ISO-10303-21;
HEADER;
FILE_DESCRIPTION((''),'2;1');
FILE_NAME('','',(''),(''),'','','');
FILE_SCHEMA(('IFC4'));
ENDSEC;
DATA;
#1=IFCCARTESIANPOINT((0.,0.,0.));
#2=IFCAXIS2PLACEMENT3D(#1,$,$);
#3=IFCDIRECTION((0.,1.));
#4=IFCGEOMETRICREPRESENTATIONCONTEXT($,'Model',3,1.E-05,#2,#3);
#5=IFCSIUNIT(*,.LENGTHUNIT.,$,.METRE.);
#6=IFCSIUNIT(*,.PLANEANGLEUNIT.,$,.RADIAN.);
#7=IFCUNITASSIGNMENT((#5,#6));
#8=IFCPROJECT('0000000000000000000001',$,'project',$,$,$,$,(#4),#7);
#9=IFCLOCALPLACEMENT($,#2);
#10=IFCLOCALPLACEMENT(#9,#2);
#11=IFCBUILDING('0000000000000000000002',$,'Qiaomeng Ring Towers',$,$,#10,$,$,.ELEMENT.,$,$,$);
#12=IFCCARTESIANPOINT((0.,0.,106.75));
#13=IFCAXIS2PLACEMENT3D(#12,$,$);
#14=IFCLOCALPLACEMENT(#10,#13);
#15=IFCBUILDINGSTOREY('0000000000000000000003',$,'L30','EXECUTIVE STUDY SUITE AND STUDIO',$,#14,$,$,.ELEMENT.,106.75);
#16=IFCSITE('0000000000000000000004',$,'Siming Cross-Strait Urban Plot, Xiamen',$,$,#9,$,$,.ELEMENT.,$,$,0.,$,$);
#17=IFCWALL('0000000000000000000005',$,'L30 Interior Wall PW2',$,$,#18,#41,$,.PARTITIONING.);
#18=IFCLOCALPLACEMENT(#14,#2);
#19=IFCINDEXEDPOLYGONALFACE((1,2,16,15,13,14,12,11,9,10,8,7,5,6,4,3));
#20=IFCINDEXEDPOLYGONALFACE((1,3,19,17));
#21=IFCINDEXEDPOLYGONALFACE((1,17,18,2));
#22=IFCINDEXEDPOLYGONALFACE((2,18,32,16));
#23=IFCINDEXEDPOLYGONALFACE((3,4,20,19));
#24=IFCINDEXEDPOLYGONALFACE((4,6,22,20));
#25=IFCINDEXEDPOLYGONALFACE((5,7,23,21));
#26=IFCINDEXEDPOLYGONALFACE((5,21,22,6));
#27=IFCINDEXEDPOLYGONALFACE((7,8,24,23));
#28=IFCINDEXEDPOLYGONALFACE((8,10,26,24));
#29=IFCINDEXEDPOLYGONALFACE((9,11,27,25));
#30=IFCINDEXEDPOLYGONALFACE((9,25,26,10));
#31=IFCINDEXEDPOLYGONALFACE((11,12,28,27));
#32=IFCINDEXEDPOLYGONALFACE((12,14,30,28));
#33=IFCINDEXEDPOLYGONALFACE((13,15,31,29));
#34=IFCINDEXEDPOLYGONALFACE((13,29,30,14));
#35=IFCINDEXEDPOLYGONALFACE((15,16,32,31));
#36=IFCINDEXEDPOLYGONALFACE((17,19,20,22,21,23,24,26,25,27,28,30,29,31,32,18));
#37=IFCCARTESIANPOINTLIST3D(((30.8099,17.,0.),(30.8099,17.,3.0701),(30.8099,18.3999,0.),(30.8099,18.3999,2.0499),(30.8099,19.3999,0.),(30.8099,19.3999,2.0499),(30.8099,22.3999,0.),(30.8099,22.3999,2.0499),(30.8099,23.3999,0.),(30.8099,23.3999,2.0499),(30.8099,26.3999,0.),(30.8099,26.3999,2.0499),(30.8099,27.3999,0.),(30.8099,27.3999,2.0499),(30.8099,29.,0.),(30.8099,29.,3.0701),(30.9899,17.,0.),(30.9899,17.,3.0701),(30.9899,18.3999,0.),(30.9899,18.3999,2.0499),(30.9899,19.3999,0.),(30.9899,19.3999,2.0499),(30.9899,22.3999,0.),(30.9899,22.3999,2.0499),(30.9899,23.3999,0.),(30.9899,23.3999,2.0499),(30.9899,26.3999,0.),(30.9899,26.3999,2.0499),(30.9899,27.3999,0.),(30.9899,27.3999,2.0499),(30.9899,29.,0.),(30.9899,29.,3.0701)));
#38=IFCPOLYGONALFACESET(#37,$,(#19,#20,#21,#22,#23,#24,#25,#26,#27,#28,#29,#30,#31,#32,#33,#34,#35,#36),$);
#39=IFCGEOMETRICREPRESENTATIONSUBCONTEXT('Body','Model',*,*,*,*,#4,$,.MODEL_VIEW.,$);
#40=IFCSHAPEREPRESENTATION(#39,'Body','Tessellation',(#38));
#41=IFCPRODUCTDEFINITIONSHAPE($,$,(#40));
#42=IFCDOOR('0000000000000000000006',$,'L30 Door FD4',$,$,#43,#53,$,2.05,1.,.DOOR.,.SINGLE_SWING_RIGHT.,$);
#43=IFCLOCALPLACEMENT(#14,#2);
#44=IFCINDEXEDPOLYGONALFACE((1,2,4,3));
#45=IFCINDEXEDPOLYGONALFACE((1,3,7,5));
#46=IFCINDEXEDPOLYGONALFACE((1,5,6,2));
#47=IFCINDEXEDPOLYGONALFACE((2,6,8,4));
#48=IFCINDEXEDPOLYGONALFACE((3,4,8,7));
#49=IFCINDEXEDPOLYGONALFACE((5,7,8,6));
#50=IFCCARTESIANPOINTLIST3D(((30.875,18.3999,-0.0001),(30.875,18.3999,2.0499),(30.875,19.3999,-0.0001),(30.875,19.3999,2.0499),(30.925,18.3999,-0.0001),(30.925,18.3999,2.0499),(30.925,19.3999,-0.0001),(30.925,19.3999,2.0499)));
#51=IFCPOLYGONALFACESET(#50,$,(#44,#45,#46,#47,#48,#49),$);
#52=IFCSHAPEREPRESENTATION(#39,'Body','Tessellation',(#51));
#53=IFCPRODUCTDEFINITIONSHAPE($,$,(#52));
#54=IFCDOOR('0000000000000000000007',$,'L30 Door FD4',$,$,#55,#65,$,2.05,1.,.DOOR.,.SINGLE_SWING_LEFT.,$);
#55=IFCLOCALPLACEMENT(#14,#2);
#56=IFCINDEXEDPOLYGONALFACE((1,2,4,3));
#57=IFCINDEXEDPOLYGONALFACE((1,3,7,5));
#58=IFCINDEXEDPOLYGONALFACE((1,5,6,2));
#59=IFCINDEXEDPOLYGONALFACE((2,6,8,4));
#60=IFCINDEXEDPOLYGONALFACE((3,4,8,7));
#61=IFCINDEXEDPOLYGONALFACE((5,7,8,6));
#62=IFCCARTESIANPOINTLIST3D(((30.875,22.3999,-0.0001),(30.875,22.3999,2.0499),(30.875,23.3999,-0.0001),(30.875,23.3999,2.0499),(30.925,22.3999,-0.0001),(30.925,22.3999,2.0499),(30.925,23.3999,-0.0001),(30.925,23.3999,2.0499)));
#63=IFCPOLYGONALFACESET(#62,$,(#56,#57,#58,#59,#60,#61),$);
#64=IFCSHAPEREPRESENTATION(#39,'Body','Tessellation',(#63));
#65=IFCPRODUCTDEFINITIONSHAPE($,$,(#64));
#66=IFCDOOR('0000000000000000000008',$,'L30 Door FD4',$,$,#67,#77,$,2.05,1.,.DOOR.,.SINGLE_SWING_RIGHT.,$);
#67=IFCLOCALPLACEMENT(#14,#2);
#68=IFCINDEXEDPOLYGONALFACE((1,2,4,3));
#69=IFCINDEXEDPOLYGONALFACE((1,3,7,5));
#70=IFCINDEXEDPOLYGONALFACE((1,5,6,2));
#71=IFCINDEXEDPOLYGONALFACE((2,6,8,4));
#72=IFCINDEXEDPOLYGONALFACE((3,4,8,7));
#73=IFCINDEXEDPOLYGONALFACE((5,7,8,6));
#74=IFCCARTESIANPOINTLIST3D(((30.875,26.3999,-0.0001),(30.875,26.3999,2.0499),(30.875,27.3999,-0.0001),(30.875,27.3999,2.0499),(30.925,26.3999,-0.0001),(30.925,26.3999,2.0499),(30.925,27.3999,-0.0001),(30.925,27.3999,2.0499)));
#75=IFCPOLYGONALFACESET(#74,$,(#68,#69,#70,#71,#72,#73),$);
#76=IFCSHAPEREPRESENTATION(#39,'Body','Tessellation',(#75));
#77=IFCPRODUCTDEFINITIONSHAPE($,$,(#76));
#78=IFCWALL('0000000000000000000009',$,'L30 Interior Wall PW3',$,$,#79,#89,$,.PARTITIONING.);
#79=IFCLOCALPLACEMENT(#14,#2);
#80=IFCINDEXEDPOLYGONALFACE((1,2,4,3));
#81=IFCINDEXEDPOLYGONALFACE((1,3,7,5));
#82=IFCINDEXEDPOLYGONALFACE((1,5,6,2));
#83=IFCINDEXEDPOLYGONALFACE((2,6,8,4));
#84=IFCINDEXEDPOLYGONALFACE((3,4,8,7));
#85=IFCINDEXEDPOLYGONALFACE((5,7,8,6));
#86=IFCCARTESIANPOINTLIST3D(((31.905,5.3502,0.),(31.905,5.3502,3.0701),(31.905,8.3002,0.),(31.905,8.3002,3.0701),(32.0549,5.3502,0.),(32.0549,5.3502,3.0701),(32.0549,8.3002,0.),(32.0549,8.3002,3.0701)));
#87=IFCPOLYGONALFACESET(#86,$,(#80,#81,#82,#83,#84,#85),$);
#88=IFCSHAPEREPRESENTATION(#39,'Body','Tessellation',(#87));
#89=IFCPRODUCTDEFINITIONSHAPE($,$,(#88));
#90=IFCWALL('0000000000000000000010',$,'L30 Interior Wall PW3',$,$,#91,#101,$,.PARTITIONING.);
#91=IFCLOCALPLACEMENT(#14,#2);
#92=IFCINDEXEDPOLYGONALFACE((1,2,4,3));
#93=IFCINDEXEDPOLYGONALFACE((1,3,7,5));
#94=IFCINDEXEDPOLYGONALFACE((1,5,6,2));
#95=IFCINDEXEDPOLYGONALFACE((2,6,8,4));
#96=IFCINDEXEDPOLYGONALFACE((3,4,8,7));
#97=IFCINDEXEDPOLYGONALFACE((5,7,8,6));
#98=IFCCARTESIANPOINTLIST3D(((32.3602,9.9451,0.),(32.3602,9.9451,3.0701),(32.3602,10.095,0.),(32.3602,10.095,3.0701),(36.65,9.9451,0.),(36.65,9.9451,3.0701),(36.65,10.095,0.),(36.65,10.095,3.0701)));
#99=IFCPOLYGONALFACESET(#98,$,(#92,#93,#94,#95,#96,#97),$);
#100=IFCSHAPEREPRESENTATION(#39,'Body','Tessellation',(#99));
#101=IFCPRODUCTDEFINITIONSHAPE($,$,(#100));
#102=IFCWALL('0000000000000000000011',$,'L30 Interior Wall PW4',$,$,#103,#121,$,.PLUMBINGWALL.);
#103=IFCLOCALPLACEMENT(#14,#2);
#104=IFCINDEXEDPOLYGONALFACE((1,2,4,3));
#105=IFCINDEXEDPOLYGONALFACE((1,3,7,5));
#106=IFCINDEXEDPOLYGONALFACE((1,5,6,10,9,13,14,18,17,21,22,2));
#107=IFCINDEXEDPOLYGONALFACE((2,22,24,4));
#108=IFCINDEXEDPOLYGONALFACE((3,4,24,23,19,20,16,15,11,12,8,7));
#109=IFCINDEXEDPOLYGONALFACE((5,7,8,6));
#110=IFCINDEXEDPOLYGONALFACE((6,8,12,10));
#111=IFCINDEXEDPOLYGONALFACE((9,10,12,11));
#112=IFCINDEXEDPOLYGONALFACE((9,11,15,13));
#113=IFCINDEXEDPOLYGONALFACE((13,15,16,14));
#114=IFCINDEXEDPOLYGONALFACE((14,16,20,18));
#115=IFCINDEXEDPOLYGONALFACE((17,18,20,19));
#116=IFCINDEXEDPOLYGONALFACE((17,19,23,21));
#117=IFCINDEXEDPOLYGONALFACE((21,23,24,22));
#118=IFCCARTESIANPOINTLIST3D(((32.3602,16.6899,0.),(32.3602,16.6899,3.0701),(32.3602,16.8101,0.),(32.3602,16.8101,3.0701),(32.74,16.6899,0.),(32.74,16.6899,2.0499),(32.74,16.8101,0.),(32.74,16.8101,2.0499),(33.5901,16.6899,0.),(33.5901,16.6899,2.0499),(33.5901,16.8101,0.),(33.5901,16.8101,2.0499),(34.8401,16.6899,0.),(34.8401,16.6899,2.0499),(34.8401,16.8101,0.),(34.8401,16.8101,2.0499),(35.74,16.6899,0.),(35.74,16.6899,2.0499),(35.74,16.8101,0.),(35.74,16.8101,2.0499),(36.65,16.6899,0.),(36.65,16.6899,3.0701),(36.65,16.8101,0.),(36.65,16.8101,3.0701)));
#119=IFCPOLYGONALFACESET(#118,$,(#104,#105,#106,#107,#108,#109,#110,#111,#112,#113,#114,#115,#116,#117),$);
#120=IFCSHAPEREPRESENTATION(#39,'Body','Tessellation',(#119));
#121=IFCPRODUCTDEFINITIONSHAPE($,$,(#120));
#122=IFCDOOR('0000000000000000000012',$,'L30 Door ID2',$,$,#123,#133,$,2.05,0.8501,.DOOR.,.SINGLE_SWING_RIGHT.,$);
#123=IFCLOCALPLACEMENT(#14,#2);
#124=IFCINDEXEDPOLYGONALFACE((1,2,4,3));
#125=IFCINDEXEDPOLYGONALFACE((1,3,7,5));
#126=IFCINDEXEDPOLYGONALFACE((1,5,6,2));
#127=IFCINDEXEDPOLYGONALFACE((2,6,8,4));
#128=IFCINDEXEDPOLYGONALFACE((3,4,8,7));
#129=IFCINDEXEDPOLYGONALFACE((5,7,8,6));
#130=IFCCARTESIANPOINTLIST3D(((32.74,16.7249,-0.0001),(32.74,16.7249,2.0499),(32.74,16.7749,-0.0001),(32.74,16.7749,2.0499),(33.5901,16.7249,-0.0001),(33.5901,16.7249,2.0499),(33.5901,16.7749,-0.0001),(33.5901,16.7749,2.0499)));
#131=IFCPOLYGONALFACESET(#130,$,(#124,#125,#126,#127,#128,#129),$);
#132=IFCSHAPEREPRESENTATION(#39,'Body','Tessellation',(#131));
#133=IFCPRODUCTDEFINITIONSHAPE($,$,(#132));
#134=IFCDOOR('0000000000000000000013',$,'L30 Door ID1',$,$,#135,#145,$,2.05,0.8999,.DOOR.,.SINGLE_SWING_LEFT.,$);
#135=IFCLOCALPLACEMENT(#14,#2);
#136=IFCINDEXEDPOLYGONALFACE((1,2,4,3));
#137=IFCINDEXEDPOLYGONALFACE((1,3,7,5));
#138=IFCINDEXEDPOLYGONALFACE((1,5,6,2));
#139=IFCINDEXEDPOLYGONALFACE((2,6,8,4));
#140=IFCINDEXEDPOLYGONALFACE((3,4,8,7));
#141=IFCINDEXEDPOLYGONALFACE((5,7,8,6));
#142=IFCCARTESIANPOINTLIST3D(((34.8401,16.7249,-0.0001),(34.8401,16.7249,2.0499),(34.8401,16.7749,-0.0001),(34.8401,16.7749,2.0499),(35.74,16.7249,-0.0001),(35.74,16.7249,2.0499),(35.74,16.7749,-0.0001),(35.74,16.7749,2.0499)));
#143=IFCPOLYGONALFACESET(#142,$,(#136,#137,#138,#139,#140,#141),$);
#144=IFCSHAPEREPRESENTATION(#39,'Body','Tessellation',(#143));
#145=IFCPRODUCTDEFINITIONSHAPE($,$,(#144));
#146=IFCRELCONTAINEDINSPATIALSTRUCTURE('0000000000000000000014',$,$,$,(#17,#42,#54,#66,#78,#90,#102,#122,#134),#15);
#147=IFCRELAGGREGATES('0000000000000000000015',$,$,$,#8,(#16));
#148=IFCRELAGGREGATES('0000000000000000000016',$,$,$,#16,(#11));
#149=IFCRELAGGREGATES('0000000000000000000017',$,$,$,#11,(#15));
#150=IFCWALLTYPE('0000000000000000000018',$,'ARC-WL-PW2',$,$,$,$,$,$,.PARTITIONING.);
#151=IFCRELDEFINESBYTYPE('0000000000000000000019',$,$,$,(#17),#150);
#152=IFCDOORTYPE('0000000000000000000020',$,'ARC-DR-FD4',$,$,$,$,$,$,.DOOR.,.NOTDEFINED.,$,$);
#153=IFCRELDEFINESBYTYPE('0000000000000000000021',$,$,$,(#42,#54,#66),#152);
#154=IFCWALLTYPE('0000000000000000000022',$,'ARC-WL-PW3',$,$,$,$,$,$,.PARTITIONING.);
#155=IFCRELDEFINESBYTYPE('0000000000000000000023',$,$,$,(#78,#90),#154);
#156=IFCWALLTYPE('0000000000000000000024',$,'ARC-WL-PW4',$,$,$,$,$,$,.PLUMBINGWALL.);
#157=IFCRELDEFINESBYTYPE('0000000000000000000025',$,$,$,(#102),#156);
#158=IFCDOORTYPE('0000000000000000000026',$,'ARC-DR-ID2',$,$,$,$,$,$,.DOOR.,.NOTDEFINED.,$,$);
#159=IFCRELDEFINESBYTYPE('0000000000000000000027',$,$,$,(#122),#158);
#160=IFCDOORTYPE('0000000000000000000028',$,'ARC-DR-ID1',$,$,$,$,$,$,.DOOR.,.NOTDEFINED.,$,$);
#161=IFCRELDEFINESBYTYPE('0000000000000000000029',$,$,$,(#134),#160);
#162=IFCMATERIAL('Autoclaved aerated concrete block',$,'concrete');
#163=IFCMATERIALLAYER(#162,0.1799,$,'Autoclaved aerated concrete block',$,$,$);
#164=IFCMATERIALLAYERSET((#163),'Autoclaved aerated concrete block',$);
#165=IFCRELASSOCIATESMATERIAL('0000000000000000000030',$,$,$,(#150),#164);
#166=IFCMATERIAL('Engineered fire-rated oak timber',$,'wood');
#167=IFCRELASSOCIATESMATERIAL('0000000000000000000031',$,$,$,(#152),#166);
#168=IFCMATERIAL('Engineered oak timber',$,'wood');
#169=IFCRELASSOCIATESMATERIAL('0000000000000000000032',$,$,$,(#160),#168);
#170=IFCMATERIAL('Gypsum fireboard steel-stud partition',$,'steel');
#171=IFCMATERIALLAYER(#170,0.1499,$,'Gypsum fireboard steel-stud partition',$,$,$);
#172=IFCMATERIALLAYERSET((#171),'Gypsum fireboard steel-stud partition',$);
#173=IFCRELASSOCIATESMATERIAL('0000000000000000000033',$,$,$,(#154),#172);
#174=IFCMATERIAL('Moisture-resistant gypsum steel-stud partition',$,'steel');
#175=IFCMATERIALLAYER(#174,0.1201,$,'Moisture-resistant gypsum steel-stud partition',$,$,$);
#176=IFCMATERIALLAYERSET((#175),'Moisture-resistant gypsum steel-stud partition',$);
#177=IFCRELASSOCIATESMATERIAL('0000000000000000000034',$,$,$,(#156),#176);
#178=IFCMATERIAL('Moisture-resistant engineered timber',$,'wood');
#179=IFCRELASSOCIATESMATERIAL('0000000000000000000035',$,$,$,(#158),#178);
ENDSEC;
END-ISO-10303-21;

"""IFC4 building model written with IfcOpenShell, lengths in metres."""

from ifc_helpers import new_model, si_unit, direction, frame, frame_2d, origin, place, context, subcontext, project, spatial, rectangle, extrude, source, transform, mapped, material, layer, layer_set, type_object, element, fill, save


model = new_model("IFC4")

# Units and contexts
model_context = context("Model", 3, precision=1e-05, world=origin(), true_north=direction((0.0, 1.0)))
body_context = subcontext(model_context, "Body", "Model", "MODEL_VIEW")
ifc_project = project(units=[si_unit("LENGTHUNIT", "METRE"), si_unit("PLANEANGLEUNIT", "RADIAN")], contexts=[model_context])

# Site, building, storey
site_placement = place(None, origin())
site = spatial("IfcSite", under=ifc_project, at=site_placement, Name="Siming Cross-Strait Urban Plot, Xiamen", CompositionType="ELEMENT", RefElevation=0.0)
building_placement = place(site_placement, origin())
building = spatial("IfcBuilding", under=site, at=building_placement, Name="Qiaomeng Ring Towers", CompositionType="ELEMENT")
storey_placement = place(building_placement, frame((0.0, 0.0, 106.75)))
storey = spatial("IfcBuildingStorey", under=building, at=storey_placement, Name="L30", Description="EXECUTIVE STUDY SUITE AND STUDIO", CompositionType="ELEMENT", Elevation=106.75)

# Shared definitions
ifc_material_1 = material(Name="Autoclaved aerated concrete block", Category="concrete")

# Wall, openings, doors
ifc_layer_1 = layer(ifc_material_1, 0.1799, Name="Autoclaved aerated concrete block")
ifc_layer_set_1 = layer_set([ifc_layer_1], Name="Autoclaved aerated concrete block")
wall_type_1 = type_object("IfcWallType", Name="ARC-WL-PW2", PredefinedType="PARTITIONING", material=ifc_layer_set_1)
ifc_material_2 = material(Name="Engineered fire-rated oak timber", Category="wood")
door_type_1 = type_object("IfcDoorType", Name="ARC-DR-FD4", OperationType="NOTDEFINED", PredefinedType="DOOR", material=ifc_material_2)
shared_shape_1 = source(origin(), body_context, "Body", "SweptSolid", [
    extrude(rectangle(XDim=1.0, YDim=2.05, at=frame_2d((0.5, 1.0249))), frame((0.0, 0.0249, 0.0), z_axis=(0.0, -1.0, 0.0), x_axis=(1.0, 0.0, 0.0)), (0.0, 0.0, 1.0), 0.05),
])
ifc_material_3 = material(Name="Engineered oak timber", Category="wood")
door_type_2 = type_object("IfcDoorType", Name="ARC-DR-ID1", OperationType="NOTDEFINED", PredefinedType="DOOR", material=ifc_material_3)
shared_shape_2 = source(origin(), body_context, "Body", "SweptSolid", [
    extrude(rectangle(XDim=0.8999, YDim=2.05, at=frame_2d((0.45, 1.0249))), frame((0.0, 0.0249, 0.0), z_axis=(0.0, -1.0, 0.0), x_axis=(1.0, 0.0, 0.0)), (0.0, 0.0, 1.0), 0.05),
])
wall_1_placement = place(storey_placement, frame((30.8999, 17.0, 0.0), z_axis=(0.0, 0.0, 1.0), x_axis=(0.0, 1.0, 0.0)))
wall_1 = element("IfcWall", 1, at=wall_1_placement, inside=storey, type_object=wall_type_1, Name="L30 Interior Wall PW2", PredefinedType="PARTITIONING", context=body_context, shape_type="SweptSolid", body=[
    extrude(rectangle(XDim=12.0, YDim=0.1799, at=frame_2d((6.0, 0.0))), origin(), (0.0, 0.0, 1.0), 3.0701),
])
opening_1_placement = place(wall_1_placement, frame((1.3999, 0.0, 0.0)))
opening_1 = element("IfcOpeningElement", 2, at=opening_1_placement, cuts=wall_1, PredefinedType="OPENING", context=body_context, shape_type="SweptSolid", body=[
    extrude(rectangle(XDim=1.0, YDim=2.05, at=frame_2d((0.5, 1.0249))), frame((0.0, 0.0999, 0.0), z_axis=(0.0, -1.0, 0.0), x_axis=(1.0, 0.0, 0.0)), (0.0, 0.0, 1.0), 0.2),
])
opening_2_placement = place(wall_1_placement, frame((5.3999, 0.0, 0.0)))
opening_2 = element("IfcOpeningElement", 3, at=opening_2_placement, cuts=wall_1, PredefinedType="OPENING", context=body_context, shape_type="SweptSolid", body=[
    extrude(rectangle(XDim=1.0, YDim=2.05, at=frame_2d((0.5, 1.0249))), frame((0.0, 0.0999, 0.0), z_axis=(0.0, -1.0, 0.0), x_axis=(1.0, 0.0, 0.0)), (0.0, 0.0, 1.0), 0.2),
])
opening_3_placement = place(wall_1_placement, frame((9.3999, 0.0, 0.0)))
opening_3 = element("IfcOpeningElement", 4, at=opening_3_placement, cuts=wall_1, PredefinedType="OPENING", context=body_context, shape_type="SweptSolid", body=[
    extrude(rectangle(XDim=1.0, YDim=2.05, at=frame_2d((0.5, 1.0249))), frame((0.0, 0.0999, 0.0), z_axis=(0.0, -1.0, 0.0), x_axis=(1.0, 0.0, 0.0)), (0.0, 0.0, 1.0), 0.2),
])
door_1_placement = place(opening_1_placement, origin())
door_1 = element("IfcDoor", 5, at=door_1_placement, inside=storey, type_object=door_type_1, Name="L30 Door FD4", OperationType="SINGLE_SWING_RIGHT", OverallHeight=2.05, OverallWidth=1.0, PredefinedType="DOOR", context=body_context, shape_type="MappedRepresentation", body=[
    mapped(shared_shape_1, transform((0.0, 0.0, 0.0), x_axis=(1.0, 0.0, 0.0), y_axis=(0.0, 1.0, 0.0), z_axis=(0.0, 0.0, 1.0), scale=1.0)),
])
fill(opening_1, door_1)
door_2_placement = place(opening_2_placement, origin())
door_2 = element("IfcDoor", 6, at=door_2_placement, inside=storey, type_object=door_type_1, Name="L30 Door FD4", OperationType="SINGLE_SWING_LEFT", OverallHeight=2.05, OverallWidth=1.0, PredefinedType="DOOR", context=body_context, shape_type="MappedRepresentation", body=[
    mapped(shared_shape_1, transform((0.0, 0.0, 0.0), x_axis=(1.0, 0.0, 0.0), y_axis=(0.0, 1.0, 0.0), z_axis=(0.0, 0.0, 1.0), scale=1.0)),
])
fill(opening_2, door_2)
door_3_placement = place(opening_3_placement, origin())
door_3 = element("IfcDoor", 7, at=door_3_placement, inside=storey, type_object=door_type_1, Name="L30 Door FD4", OperationType="SINGLE_SWING_RIGHT", OverallHeight=2.05, OverallWidth=1.0, PredefinedType="DOOR", context=body_context, shape_type="MappedRepresentation", body=[
    mapped(shared_shape_1, transform((0.0, 0.0, 0.0), x_axis=(1.0, 0.0, 0.0), y_axis=(0.0, 1.0, 0.0), z_axis=(0.0, 0.0, 1.0), scale=1.0)),
])
fill(opening_3, door_3)

# Walls
ifc_material_4 = material(Name="Gypsum fireboard steel-stud partition", Category="steel")
ifc_layer_2 = layer(ifc_material_4, 0.1499, Name="Gypsum fireboard steel-stud partition")
ifc_layer_set_2 = layer_set([ifc_layer_2], Name="Gypsum fireboard steel-stud partition")
wall_type_2 = type_object("IfcWallType", Name="ARC-WL-PW3", PredefinedType="PARTITIONING", material=ifc_layer_set_2)
wall_2_placement = place(storey_placement, frame((31.98, 5.3501, 0.0), z_axis=(0.0, 0.0, 1.0), x_axis=(0.0, 1.0, 0.0)))
element("IfcWall", 8, at=wall_2_placement, inside=storey, type_object=wall_type_2, Name="L30 Interior Wall PW3", PredefinedType="PARTITIONING", context=body_context, shape_type="SweptSolid", body=[
    extrude(rectangle(XDim=2.95, YDim=0.1499, at=frame_2d((1.4751, 0.0))), origin(), (0.0, 0.0, 1.0), 3.0701),
])
wall_3_placement = place(storey_placement, frame((32.3601, 10.02, 0.0), z_axis=(0.0, 0.0, 1.0), x_axis=(1.0, 0.0, 0.0)))
element("IfcWall", 9, at=wall_3_placement, inside=storey, type_object=wall_type_2, Name="L30 Interior Wall PW3", PredefinedType="PARTITIONING", context=body_context, shape_type="SweptSolid", body=[
    extrude(rectangle(XDim=4.2898, YDim=0.1499, at=frame_2d((2.145, 0.0))), origin(), (0.0, 0.0, 1.0), 3.0701),
])

# Wall, openings, doors
ifc_material_5 = material(Name="Moisture-resistant gypsum steel-stud partition", Category="steel")
ifc_layer_3 = layer(ifc_material_5, 0.1201, Name="Moisture-resistant gypsum steel-stud partition")
ifc_layer_set_3 = layer_set([ifc_layer_3], Name="Moisture-resistant gypsum steel-stud partition")
wall_type_3 = type_object("IfcWallType", Name="ARC-WL-PW4", PredefinedType="PLUMBINGWALL", material=ifc_layer_set_3)
wall_4_placement = place(storey_placement, frame((32.3601, 16.75, 0.0), z_axis=(0.0, 0.0, 1.0), x_axis=(1.0, 0.0, 0.0)))
wall_4 = element("IfcWall", 10, at=wall_4_placement, inside=storey, type_object=wall_type_3, Name="L30 Interior Wall PW4", PredefinedType="PLUMBINGWALL", context=body_context, shape_type="SweptSolid", body=[
    extrude(rectangle(XDim=4.2898, YDim=0.1201, at=frame_2d((2.145, 0.0))), origin(), (0.0, 0.0, 1.0), 3.0701),
])
opening_4_placement = place(wall_4_placement, frame((0.3799, 0.0, 0.0)))
opening_4 = element("IfcOpeningElement", 11, at=opening_4_placement, cuts=wall_4, PredefinedType="OPENING", context=body_context, shape_type="SweptSolid", body=[
    extrude(rectangle(XDim=0.8501, YDim=2.05, at=frame_2d((0.425, 1.0249))), frame((0.0, 0.0701, 0.0), z_axis=(0.0, -1.0, 0.0), x_axis=(1.0, 0.0, 0.0)), (0.0, 0.0, 1.0), 0.1401),
])
opening_5_placement = place(wall_4_placement, frame((2.48, 0.0, 0.0)))
opening_5 = element("IfcOpeningElement", 12, at=opening_5_placement, cuts=wall_4, PredefinedType="OPENING", context=body_context, shape_type="SweptSolid", body=[
    extrude(rectangle(XDim=0.8999, YDim=2.05, at=frame_2d((0.45, 1.0249))), frame((0.0, 0.0701, 0.0), z_axis=(0.0, -1.0, 0.0), x_axis=(1.0, 0.0, 0.0)), (0.0, 0.0, 1.0), 0.1401),
])
ifc_material_6 = material(Name="Moisture-resistant engineered timber", Category="wood")
door_type_3 = type_object("IfcDoorType", Name="ARC-DR-ID2", OperationType="NOTDEFINED", PredefinedType="DOOR", material=ifc_material_6)
shared_shape_3 = source(origin(), body_context, "Body", "SweptSolid", [
    extrude(rectangle(XDim=0.8501, YDim=2.05, at=frame_2d((0.425, 1.0249))), frame((0.0, 0.0249, 0.0), z_axis=(0.0, -1.0, 0.0), x_axis=(1.0, 0.0, 0.0)), (0.0, 0.0, 1.0), 0.05),
])
door_4_placement = place(opening_4_placement, origin())
door_4 = element("IfcDoor", 13, at=door_4_placement, inside=storey, type_object=door_type_3, Name="L30 Door ID2", OperationType="SINGLE_SWING_RIGHT", OverallHeight=2.05, OverallWidth=0.8501, PredefinedType="DOOR", context=body_context, shape_type="MappedRepresentation", body=[
    mapped(shared_shape_3, transform((0.0, 0.0, 0.0), x_axis=(1.0, 0.0, 0.0), y_axis=(0.0, 1.0, 0.0), z_axis=(0.0, 0.0, 1.0), scale=1.0)),
])
fill(opening_4, door_4)
door_5_placement = place(opening_5_placement, origin())
door_5 = element("IfcDoor", 14, at=door_5_placement, inside=storey, type_object=door_type_2, Name="L30 Door ID1", OperationType="SINGLE_SWING_LEFT", OverallHeight=2.05, OverallWidth=0.8999, PredefinedType="DOOR", context=body_context, shape_type="MappedRepresentation", body=[
    mapped(shared_shape_2, transform((0.0, 0.0, 0.0), x_axis=(1.0, 0.0, 0.0), y_axis=(0.0, 1.0, 0.0), z_axis=(0.0, 0.0, 1.0), scale=1.0)),
])
fill(opening_5, door_5)

save(model, "model.ifc")
